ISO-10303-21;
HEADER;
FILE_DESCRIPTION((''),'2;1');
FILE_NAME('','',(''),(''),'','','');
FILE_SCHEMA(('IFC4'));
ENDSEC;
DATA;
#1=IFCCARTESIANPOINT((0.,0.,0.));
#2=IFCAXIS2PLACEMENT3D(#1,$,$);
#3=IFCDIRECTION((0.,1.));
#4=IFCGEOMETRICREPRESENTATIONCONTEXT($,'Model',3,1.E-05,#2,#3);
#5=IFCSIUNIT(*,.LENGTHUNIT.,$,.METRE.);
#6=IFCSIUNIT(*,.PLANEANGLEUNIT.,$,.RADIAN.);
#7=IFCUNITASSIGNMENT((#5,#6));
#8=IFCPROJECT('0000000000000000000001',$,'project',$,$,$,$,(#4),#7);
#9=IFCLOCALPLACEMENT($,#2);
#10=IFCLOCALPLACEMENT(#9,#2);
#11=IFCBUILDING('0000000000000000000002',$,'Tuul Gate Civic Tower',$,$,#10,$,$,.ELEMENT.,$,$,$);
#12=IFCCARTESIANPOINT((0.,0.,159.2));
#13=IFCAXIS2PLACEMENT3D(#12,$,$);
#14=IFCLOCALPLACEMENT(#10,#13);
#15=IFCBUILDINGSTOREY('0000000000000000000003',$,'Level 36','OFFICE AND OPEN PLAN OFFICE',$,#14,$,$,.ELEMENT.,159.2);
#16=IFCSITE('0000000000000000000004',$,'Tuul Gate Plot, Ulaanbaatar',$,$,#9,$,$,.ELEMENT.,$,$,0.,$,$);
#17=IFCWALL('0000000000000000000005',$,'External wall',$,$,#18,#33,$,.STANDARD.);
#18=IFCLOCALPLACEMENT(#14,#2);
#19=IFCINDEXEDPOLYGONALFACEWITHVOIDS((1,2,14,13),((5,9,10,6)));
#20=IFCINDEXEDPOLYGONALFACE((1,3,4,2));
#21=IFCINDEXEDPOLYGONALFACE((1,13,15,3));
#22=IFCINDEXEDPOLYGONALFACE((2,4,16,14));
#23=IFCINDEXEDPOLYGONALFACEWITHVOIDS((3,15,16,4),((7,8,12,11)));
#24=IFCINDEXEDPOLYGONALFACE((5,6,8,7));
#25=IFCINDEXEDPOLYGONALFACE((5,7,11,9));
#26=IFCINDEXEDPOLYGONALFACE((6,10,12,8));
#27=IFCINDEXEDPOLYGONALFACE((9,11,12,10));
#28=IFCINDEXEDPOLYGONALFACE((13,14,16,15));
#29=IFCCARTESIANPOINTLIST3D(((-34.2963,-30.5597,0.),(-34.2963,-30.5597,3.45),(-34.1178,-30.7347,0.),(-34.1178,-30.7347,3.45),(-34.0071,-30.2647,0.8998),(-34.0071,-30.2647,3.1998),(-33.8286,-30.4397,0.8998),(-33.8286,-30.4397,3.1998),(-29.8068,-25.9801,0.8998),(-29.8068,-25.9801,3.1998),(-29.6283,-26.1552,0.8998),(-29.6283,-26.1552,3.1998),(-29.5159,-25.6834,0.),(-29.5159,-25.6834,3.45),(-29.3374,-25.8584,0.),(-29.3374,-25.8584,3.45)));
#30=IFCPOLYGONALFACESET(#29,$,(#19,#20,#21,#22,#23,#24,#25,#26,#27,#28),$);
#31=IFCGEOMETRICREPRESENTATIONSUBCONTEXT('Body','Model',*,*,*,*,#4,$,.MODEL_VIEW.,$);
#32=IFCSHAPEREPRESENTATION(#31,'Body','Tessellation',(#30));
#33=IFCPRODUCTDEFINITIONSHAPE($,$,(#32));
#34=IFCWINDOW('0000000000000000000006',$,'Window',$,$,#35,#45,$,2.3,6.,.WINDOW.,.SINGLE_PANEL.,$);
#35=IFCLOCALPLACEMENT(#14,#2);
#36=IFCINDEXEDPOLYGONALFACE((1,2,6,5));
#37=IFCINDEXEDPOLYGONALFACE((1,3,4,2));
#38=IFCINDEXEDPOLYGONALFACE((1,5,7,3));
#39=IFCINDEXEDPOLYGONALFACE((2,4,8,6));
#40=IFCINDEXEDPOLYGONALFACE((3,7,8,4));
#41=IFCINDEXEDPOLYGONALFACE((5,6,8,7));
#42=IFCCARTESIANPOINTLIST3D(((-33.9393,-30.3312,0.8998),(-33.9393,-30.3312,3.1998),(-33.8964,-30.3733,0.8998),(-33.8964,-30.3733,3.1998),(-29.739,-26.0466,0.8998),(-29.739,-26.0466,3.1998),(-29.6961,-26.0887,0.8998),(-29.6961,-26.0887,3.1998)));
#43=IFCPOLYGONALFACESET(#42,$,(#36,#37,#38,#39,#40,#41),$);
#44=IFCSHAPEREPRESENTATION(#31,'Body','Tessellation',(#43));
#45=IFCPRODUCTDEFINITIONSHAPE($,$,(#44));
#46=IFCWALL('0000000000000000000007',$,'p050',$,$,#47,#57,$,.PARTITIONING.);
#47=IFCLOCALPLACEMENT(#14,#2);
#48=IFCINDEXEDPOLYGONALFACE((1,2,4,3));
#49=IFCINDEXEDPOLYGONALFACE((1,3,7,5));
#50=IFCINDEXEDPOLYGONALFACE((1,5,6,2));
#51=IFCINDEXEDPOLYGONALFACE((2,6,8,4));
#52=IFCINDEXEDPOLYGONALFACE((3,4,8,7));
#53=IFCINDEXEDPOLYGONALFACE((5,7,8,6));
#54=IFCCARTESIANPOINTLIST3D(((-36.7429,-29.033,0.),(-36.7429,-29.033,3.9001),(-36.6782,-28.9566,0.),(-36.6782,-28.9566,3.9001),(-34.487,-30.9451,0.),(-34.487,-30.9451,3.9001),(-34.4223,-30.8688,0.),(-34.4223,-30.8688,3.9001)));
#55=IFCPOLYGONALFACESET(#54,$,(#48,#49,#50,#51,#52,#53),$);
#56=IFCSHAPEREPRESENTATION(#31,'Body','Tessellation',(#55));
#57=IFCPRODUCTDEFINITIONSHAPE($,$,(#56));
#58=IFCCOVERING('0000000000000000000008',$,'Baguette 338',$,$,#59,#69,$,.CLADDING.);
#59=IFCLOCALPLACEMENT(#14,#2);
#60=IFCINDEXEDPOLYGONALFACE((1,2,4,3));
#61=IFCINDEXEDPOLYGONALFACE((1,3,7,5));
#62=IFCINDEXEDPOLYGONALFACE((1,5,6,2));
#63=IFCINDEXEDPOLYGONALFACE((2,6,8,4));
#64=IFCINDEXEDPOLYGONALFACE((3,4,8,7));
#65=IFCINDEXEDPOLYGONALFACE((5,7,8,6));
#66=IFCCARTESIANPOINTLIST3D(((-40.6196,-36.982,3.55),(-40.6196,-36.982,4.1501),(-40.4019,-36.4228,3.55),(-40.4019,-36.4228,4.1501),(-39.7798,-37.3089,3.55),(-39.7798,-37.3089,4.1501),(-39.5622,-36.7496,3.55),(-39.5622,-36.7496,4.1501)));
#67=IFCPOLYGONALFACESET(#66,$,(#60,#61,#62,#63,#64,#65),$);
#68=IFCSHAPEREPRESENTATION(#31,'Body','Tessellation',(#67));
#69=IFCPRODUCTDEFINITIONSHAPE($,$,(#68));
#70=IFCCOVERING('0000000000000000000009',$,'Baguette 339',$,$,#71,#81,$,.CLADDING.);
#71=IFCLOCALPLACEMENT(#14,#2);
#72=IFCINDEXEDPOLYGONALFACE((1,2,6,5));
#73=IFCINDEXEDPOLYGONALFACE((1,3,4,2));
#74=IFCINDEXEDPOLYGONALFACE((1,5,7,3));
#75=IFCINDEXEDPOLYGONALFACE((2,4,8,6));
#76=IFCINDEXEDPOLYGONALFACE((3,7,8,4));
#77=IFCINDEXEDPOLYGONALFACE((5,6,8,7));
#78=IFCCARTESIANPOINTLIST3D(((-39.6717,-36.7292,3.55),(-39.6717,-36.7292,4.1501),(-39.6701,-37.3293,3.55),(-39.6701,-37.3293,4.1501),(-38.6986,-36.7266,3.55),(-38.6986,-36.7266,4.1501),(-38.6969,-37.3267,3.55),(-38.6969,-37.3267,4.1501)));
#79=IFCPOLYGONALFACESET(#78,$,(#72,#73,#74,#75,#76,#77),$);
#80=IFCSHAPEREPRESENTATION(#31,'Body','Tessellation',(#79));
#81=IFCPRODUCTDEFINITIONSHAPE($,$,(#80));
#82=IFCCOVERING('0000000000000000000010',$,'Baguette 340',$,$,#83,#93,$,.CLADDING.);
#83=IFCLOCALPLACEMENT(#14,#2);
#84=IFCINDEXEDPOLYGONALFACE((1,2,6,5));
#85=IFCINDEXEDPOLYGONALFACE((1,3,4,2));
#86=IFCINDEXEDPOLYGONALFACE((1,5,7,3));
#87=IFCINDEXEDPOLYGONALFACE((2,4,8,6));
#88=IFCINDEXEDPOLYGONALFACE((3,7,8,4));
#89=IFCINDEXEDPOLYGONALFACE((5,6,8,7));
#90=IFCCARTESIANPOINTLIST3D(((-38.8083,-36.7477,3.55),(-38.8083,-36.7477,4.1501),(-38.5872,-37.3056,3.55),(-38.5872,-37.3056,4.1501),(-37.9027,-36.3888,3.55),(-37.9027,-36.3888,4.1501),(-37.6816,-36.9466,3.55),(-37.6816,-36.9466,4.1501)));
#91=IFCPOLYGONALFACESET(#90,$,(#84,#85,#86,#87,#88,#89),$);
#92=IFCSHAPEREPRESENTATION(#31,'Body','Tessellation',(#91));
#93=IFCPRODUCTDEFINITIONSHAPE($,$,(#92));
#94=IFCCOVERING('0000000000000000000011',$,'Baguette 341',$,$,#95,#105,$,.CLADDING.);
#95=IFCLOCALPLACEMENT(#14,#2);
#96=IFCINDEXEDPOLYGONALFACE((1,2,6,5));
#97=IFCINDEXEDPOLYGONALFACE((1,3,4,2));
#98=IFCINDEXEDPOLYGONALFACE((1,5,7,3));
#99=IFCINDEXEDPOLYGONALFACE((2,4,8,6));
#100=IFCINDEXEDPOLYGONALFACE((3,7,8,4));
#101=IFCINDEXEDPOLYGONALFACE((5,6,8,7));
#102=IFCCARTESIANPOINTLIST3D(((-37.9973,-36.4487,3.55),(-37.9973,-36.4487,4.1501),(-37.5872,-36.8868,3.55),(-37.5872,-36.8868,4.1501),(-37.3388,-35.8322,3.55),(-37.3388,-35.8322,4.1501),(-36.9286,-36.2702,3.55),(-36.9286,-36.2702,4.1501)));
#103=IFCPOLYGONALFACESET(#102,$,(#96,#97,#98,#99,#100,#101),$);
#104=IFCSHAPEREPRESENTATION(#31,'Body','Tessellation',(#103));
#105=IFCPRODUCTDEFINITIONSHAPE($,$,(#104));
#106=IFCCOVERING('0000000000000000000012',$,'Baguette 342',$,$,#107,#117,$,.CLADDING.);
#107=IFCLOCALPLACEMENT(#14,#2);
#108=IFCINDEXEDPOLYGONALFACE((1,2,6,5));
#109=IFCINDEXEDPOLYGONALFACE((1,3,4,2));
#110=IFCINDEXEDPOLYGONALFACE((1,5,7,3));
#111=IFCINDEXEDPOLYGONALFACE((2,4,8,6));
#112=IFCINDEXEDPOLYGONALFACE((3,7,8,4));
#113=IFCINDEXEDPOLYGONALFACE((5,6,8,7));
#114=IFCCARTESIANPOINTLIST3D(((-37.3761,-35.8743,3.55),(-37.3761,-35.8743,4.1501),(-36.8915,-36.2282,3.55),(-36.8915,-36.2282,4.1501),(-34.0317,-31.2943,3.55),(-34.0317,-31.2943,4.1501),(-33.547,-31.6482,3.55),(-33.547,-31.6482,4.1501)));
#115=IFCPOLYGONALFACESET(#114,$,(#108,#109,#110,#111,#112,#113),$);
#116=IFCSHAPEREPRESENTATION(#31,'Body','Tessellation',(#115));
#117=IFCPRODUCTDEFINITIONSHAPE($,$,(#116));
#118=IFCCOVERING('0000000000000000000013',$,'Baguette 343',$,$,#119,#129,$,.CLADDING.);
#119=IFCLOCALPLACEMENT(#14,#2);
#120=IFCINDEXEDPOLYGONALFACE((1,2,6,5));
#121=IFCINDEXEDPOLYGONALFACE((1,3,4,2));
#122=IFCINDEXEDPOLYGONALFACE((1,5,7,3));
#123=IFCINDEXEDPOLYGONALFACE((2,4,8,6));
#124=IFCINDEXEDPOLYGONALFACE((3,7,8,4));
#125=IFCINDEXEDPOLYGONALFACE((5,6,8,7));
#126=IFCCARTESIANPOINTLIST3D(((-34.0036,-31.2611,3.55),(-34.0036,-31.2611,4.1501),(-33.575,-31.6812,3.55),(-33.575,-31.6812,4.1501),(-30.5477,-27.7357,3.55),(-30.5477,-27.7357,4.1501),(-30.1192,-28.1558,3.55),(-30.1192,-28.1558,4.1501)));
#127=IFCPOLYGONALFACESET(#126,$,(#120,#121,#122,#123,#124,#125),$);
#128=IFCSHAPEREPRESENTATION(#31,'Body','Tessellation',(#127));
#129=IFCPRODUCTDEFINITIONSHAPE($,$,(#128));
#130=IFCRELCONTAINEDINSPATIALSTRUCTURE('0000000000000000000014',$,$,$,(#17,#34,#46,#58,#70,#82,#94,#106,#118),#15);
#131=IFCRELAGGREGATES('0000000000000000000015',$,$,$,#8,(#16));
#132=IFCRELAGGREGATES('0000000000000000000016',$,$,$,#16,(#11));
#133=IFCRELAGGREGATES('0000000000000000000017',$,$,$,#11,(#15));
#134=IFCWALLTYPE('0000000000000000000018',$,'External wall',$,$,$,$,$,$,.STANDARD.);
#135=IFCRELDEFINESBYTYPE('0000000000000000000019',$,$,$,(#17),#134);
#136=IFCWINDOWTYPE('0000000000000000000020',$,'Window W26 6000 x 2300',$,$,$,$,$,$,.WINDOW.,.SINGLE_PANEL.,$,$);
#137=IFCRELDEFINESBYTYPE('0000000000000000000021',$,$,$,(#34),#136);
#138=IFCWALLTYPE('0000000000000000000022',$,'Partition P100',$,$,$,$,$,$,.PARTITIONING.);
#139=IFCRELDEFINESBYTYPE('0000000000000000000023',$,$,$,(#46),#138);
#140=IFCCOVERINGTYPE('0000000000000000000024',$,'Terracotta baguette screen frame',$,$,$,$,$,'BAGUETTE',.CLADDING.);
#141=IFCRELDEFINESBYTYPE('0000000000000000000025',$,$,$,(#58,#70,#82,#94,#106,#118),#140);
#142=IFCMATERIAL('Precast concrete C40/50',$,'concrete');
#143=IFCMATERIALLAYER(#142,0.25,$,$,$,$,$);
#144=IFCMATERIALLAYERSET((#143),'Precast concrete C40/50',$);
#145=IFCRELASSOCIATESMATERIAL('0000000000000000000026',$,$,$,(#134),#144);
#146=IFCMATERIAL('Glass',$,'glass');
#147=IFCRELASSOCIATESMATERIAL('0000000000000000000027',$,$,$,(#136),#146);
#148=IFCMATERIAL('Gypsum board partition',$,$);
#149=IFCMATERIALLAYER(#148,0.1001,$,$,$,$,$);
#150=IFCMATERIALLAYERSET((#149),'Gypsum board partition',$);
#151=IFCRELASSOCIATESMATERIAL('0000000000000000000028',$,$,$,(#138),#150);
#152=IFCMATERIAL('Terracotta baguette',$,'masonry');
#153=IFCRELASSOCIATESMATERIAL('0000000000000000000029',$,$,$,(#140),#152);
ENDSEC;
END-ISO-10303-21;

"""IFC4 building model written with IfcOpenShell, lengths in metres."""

from ifc_helpers import new_model, si_unit, direction, frame, frame_2d, origin, origin_2d, place, context, subcontext, project, spatial, rectangle, extrude, material, layer, layer_set, material_profile, profile_set, type_object, element, fill, save


model = new_model("IFC4")

# Units and contexts
model_context = context("Model", 3, precision=1e-05, world=origin(), true_north=direction((0.0, 1.0)))
body_context = subcontext(model_context, "Body", "Model", "MODEL_VIEW")
ifc_project = project(units=[si_unit("LENGTHUNIT", "METRE"), si_unit("PLANEANGLEUNIT", "RADIAN")], contexts=[model_context])

# Site, building, storey
site_placement = place(None, origin())
site = spatial("IfcSite", under=ifc_project, at=site_placement, Name="Tuul Gate Plot, Ulaanbaatar", CompositionType="ELEMENT", RefElevation=0.0)
building_placement = place(site_placement, origin())
building = spatial("IfcBuilding", under=site, at=building_placement, Name="Tuul Gate Civic Tower", CompositionType="ELEMENT")
storey_placement = place(building_placement, frame((0.0, 0.0, 159.2)))
storey = spatial("IfcBuildingStorey", under=building, at=storey_placement, Name="Level 36", Description="OFFICE AND OPEN PLAN OFFICE", CompositionType="ELEMENT", Elevation=159.2)

# Wall, opening, window
ifc_material_1 = material(Name="Precast concrete C40/50", Category="concrete")
ifc_layer_1 = layer(ifc_material_1, 0.25)
ifc_layer_set_1 = layer_set([ifc_layer_1], Name="Precast concrete C40/50")
wall_type_1 = type_object("IfcWallType", Name="External wall", PredefinedType="STANDARD", material=ifc_layer_set_1)
wall_1_placement = place(storey_placement, frame((-34.207, -30.6472, 0.0), z_axis=(0.0, 0.0, 1.0), x_axis=(0.700046, 0.714097, 0.0)))
wall_1 = element("IfcWall", 1, at=wall_1_placement, inside=storey, type_object=wall_type_1, Name="External wall", PredefinedType="STANDARD", context=body_context, shape_type="SweptSolid", body=[
    extrude(rectangle(XDim=6.8286, YDim=0.25, at=frame_2d((3.4143, 0.0))), origin(), (0.0, 0.0, 1.0), 3.45),
])
opening_1_placement = place(wall_1_placement, frame((0.4131, 0.0, 0.8999)))
opening_1 = element("IfcOpeningElement", 2, at=opening_1_placement, cuts=wall_1, PredefinedType="OPENING", context=body_context, shape_type="SweptSolid", body=[
    extrude(rectangle(XDim=6.0, YDim=2.3, at=frame_2d((3.0, 1.1499))), frame((0.0, 0.135, 0.0), z_axis=(0.0, -1.0, 0.0), x_axis=(1.0, 0.0, 0.0)), (0.0, 0.0, 1.0), 0.27),
])
ifc_material_2 = material(Name="Glass", Category="glass")
window_type_1 = type_object("IfcWindowType", Name="Window W26 6000 x 2300", PartitioningType="SINGLE_PANEL", PredefinedType="WINDOW", material=ifc_material_2)
window_1_placement = place(opening_1_placement, origin())
window_1 = element("IfcWindow", 3, at=window_1_placement, inside=storey, type_object=window_type_1, Name="Window", OverallHeight=2.3, OverallWidth=6.0, PartitioningType="SINGLE_PANEL", PredefinedType="WINDOW", context=body_context, shape_type="SweptSolid", body=[
    extrude(rectangle(XDim=6.0, YDim=2.3, at=frame_2d((3.0, 1.1499))), frame((0.0, 0.03, 0.0), z_axis=(0.0, -1.0, 0.0), x_axis=(1.0, 0.0, 0.0)), (0.0, 0.0, 1.0), 0.0601),
])
fill(opening_1, window_1)

# Wall
ifc_material_3 = material(Name="Gypsum board partition")
ifc_layer_2 = layer(ifc_material_3, 0.1001)
ifc_layer_set_2 = layer_set([ifc_layer_2], Name="Gypsum board partition")
wall_type_2 = type_object("IfcWallType", Name="Partition P100", PredefinedType="PARTITIONING", material=ifc_layer_set_2)
wall_2_placement = place(storey_placement, frame((-36.7104, -28.9949, 0.0), z_axis=(0.0, 0.0, 1.0), x_axis=(0.762835, -0.646593, 0.0)))
element("IfcWall", 4, at=wall_2_placement, inside=storey, type_object=wall_type_2, Name="p050", PredefinedType="PARTITIONING", context=body_context, shape_type="SweptSolid", body=[
    extrude(rectangle(XDim=2.9573, YDim=0.1001, at=frame_2d((1.4785, 0.0))), origin(), (0.0, 0.0, 1.0), 3.9001),
])

# Coverings
ifc_material_4 = material(Name="Terracotta baguette", Category="masonry")
ifc_material_profile_1 = material_profile(ifc_material_4, rectangle(XDim=0.6001, YDim=0.6001, at=origin_2d()), Name="Terracotta baguette screen frame")
ifc_profile_set_1 = profile_set([ifc_material_profile_1], Name="Terracotta baguette")
covering_type = type_object("IfcCoveringType", Name="Terracotta baguette screen frame", ElementType="BAGUETTE", PredefinedType="CLADDING", material=ifc_profile_set_1)
covering_1_placement = place(storey_placement, frame((-40.5107, -36.7024, 3.8501), z_axis=(0.931893, -0.362734, 0.0), x_axis=(0.362734, 0.931893, 0.0)))
element("IfcCovering", 5, at=covering_1_placement, inside=storey, type_object=covering_type, Name="Baguette 338", PredefinedType="CLADDING", context=body_context, shape_type="SweptSolid", body=[
    extrude(rectangle(XDim=0.6001, YDim=0.6001, at=origin_2d()), origin(), (0.0, 0.0, 1.0), 0.9011),
])
covering_2_placement = place(storey_placement, frame((-39.6709, -37.0293, 3.8501), z_axis=(0.999996, 0.00276, 0.0), x_axis=(-0.00276, 0.999996, 0.0)))
element("IfcCovering", 6, at=covering_2_placement, inside=storey, type_object=covering_type, Name="Baguette 339", PredefinedType="CLADDING", context=body_context, shape_type="SweptSolid", body=[
    extrude(rectangle(XDim=0.6001, YDim=0.6001, at=origin_2d()), origin(), (0.0, 0.0, 1.0), 0.9731),
])
covering_3_placement = place(storey_placement, frame((-38.6978, -37.0266, 3.8501), z_axis=(0.929647, 0.36845, 0.0), x_axis=(-0.36845, 0.929647, 0.0)))
element("IfcCovering", 7, at=covering_3_placement, inside=storey, type_object=covering_type, Name="Baguette 340", PredefinedType="CLADDING", context=body_context, shape_type="SweptSolid", body=[
    extrude(rectangle(XDim=0.6001, YDim=0.6001, at=origin_2d()), origin(), (0.0, 0.0, 1.0), 0.9741),
])
covering_4_placement = place(storey_placement, frame((-37.7922, -36.6677, 3.8501), z_axis=(0.730001, 0.683446, 0.0), x_axis=(-0.683446, 0.730001, 0.0)))
element("IfcCovering", 8, at=covering_4_placement, inside=storey, type_object=covering_type, Name="Baguette 341", PredefinedType="CLADDING", context=body_context, shape_type="SweptSolid", body=[
    extrude(rectangle(XDim=0.6001, YDim=0.6001, at=origin_2d()), origin(), (0.0, 0.0, 1.0), 0.9021),
])
covering_5_placement = place(storey_placement, frame((-37.1338, -36.0513, 3.8501), z_axis=(0.589729, 0.807601, 0.0), x_axis=(-0.807601, 0.589729, 0.0)))
element("IfcCovering", 9, at=covering_5_placement, inside=storey, type_object=covering_type, Name="Baguette 342", PredefinedType="CLADDING", context=body_context, shape_type="SweptSolid", body=[
    extrude(rectangle(XDim=0.6001, YDim=0.6001, at=origin_2d()), origin(), (0.0, 0.0, 1.0), 5.6711),
])
covering_6_placement = place(storey_placement, frame((-33.7893, -31.4712, 3.8501), z_axis=(0.700024, 0.714119, 0.0), x_axis=(-0.714119, 0.700024, 0.0)))
element("IfcCovering", 10, at=covering_6_placement, inside=storey, type_object=covering_type, Name="Baguette 343", PredefinedType="CLADDING", context=body_context, shape_type="SweptSolid", body=[
    extrude(rectangle(XDim=0.6001, YDim=0.6001, at=origin_2d()), origin(), (0.0, 0.0, 1.0), 4.9368),
])

save(model, "model.ifc")
